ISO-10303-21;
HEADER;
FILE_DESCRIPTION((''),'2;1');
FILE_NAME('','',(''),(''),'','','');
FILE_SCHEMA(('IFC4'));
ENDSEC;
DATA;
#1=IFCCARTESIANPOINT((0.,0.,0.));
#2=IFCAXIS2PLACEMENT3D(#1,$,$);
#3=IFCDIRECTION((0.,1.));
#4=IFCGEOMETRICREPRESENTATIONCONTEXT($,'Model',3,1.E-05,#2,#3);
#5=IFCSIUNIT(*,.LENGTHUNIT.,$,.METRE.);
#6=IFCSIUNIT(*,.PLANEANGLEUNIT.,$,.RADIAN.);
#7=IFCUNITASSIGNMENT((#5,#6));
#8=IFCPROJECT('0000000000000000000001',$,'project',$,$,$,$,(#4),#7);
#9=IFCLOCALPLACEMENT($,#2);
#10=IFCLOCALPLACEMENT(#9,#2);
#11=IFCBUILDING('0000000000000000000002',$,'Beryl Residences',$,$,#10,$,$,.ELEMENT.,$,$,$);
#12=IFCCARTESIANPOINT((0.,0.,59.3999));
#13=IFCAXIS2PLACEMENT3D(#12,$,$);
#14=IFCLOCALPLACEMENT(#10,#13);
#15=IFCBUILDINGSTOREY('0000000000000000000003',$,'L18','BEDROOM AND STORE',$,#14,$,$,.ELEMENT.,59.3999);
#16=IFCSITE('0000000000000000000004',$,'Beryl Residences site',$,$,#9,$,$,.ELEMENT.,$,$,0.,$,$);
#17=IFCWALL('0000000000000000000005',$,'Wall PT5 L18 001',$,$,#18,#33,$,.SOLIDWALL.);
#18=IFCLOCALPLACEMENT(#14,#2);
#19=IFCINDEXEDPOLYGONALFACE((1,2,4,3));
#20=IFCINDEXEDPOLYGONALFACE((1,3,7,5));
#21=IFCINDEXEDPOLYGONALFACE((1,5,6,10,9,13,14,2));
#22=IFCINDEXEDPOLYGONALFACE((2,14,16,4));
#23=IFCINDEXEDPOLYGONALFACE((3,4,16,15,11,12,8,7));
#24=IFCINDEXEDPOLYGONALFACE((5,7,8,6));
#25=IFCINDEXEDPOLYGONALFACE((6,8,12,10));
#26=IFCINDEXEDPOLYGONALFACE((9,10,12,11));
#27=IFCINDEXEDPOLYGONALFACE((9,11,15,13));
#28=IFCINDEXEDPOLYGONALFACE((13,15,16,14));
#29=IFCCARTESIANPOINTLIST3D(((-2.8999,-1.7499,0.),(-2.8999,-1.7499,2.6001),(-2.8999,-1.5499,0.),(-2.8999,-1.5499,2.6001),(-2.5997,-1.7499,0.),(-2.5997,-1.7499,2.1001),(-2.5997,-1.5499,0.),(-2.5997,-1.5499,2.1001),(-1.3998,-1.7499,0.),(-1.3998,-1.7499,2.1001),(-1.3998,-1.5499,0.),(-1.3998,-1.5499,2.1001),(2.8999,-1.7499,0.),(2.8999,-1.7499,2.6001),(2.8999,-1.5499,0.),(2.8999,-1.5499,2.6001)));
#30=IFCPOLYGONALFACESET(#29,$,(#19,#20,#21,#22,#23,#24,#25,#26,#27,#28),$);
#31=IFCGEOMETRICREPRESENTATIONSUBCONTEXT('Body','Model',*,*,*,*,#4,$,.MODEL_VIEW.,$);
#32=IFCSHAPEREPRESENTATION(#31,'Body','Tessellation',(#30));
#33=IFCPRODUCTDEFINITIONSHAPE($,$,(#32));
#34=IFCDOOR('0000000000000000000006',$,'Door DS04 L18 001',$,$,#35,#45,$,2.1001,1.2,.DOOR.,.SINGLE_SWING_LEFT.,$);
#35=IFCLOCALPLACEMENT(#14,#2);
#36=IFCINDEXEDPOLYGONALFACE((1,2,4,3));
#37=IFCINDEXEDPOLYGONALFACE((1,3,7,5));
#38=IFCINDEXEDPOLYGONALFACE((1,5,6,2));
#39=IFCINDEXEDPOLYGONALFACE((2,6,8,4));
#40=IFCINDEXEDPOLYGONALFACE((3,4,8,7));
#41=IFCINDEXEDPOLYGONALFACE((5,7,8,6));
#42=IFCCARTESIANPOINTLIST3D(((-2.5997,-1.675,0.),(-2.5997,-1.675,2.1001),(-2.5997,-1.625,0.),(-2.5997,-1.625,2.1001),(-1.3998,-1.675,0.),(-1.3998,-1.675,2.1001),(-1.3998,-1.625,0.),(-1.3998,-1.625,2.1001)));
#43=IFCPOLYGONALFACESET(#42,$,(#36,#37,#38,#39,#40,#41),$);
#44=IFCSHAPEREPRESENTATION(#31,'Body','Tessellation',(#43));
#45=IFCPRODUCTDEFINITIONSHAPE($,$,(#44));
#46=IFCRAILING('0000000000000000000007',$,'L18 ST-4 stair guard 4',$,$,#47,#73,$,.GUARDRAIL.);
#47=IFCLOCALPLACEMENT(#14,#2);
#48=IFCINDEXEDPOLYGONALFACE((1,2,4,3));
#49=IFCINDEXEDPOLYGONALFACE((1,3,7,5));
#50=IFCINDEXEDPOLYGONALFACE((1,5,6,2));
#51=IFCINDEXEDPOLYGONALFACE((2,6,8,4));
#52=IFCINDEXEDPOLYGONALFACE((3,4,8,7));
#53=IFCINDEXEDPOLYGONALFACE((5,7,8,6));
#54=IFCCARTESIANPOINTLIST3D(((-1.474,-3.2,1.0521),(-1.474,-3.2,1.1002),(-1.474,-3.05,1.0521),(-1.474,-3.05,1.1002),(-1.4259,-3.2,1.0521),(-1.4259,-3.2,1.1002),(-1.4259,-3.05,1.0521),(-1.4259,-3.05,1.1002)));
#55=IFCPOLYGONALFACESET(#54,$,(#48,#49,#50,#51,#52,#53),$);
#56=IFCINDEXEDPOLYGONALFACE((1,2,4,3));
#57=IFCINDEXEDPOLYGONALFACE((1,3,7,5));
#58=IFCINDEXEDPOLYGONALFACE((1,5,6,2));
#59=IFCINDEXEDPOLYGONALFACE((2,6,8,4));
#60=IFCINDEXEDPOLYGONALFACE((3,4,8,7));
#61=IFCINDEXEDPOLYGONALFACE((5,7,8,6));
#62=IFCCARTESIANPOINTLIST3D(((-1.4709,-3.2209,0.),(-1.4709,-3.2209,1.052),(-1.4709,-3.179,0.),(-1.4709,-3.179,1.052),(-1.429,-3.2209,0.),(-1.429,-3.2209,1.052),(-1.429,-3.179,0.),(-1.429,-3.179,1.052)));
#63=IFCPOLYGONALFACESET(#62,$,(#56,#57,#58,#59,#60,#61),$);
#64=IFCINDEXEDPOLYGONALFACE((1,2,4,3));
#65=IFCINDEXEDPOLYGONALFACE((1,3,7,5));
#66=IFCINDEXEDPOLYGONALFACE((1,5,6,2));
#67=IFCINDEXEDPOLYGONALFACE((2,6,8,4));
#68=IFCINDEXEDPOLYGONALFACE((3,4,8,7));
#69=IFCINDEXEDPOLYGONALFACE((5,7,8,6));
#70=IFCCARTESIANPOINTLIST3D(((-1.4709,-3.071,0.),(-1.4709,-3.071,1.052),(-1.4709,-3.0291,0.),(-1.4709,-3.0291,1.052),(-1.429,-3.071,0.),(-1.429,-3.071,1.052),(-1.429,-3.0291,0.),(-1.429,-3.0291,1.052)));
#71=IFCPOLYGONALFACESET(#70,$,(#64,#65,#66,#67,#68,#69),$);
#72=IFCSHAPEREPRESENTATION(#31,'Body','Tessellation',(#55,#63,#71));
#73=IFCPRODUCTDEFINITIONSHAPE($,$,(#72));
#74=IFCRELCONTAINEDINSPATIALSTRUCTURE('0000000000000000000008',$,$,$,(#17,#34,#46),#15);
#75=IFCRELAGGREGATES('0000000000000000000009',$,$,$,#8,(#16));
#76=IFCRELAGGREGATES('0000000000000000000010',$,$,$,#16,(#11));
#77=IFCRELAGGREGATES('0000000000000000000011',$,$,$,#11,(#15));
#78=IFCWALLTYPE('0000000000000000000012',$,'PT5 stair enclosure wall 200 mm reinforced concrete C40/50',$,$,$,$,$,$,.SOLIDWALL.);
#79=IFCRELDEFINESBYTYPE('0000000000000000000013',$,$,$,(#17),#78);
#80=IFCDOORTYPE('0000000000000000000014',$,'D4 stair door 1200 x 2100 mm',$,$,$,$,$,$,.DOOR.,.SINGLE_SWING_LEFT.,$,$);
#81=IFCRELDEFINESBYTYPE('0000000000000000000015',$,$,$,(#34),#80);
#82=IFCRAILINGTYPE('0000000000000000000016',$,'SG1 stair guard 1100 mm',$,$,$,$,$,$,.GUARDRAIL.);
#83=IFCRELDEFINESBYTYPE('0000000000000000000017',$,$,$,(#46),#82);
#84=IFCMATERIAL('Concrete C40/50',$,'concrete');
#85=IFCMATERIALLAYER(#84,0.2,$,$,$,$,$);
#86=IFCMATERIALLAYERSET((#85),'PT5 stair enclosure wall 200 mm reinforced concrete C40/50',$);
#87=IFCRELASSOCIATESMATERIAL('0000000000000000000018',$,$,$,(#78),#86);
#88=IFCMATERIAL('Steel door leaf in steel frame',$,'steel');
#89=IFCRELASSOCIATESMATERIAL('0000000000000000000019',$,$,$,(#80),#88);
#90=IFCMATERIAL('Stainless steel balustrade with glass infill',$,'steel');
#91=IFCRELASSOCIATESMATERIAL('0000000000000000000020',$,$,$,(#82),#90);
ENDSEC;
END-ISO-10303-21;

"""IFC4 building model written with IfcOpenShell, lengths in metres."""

from ifc_helpers import new_model, si_unit, direction, frame, frame_2d, origin, origin_2d, place, context, subcontext, project, spatial, rectangle, extrude, material, layer, layer_set, type_object, element, fill, save


model = new_model("IFC4")

# Units and contexts
model_context = context("Model", 3, precision=1e-05, world=origin(), true_north=direction((0.0, 1.0)))
body_context = subcontext(model_context, "Body", "Model", "MODEL_VIEW")
ifc_project = project(units=[si_unit("LENGTHUNIT", "METRE"), si_unit("PLANEANGLEUNIT", "RADIAN")], contexts=[model_context])

# Site, building, storey
site_placement = place(None, origin())
site = spatial("IfcSite", under=ifc_project, at=site_placement, Name="Beryl Residences site", CompositionType="ELEMENT", RefElevation=0.0)
building_placement = place(site_placement, origin())
building = spatial("IfcBuilding", under=site, at=building_placement, Name="Beryl Residences", CompositionType="ELEMENT")
storey_placement = place(building_placement, frame((0.0, 0.0, 59.3999)))
storey = spatial("IfcBuildingStorey", under=building, at=storey_placement, Name="L18", Description="BEDROOM AND STORE", CompositionType="ELEMENT", Elevation=59.3999)

# Wall, opening, door
ifc_material_1 = material(Name="Concrete C40/50", Category="concrete")
ifc_layer_1 = layer(ifc_material_1, 0.2)
ifc_layer_set_1 = layer_set([ifc_layer_1], Name="PT5 stair enclosure wall 200 mm reinforced concrete C40/50")
wall_type_1 = type_object("IfcWallType", Name="PT5 stair enclosure wall 200 mm reinforced concrete C40/50", PredefinedType="SOLIDWALL", material=ifc_layer_set_1)
wall_1_placement = place(storey_placement, frame((-2.8999, -1.6499, 0.0), z_axis=(0.0, 0.0, 1.0), x_axis=(1.0, 0.0, 0.0)))
wall_1 = element("IfcWall", 1, at=wall_1_placement, inside=storey, type_object=wall_type_1, Name="Wall PT5 L18 001", PredefinedType="SOLIDWALL", context=body_context, shape_type="SweptSolid", body=[
    extrude(rectangle(XDim=5.7998, YDim=0.2, at=frame_2d((2.8999, 0.0))), origin(), (0.0, 0.0, 1.0), 2.6001),
])
opening_1_placement = place(wall_1_placement, frame((0.3, 0.0, 0.0)))
opening_1 = element("IfcOpeningElement", 2, at=opening_1_placement, cuts=wall_1, PredefinedType="OPENING", context=body_context, shape_type="SweptSolid", body=[
    extrude(rectangle(XDim=1.2, YDim=2.1001, at=frame_2d((0.6001, 1.05))), frame((0.0, 0.1099, 0.0), z_axis=(0.0, -1.0, 0.0), x_axis=(1.0, 0.0, 0.0)), (0.0, 0.0, 1.0), 0.22),
])
ifc_material_2 = material(Name="Steel door leaf in steel frame", Category="steel")
door_type_1 = type_object("IfcDoorType", Name="D4 stair door 1200 x 2100 mm", OperationType="SINGLE_SWING_LEFT", PredefinedType="DOOR", material=ifc_material_2)
door_1_placement = place(opening_1_placement, origin())
door_1 = element("IfcDoor", 3, at=door_1_placement, inside=storey, type_object=door_type_1, Name="Door DS04 L18 001", OperationType="SINGLE_SWING_LEFT", OverallHeight=2.1001, OverallWidth=1.2, PredefinedType="DOOR", context=body_context, shape_type="SweptSolid", body=[
    extrude(rectangle(XDim=1.2, YDim=2.1001, at=frame_2d((0.6001, 1.05))), frame((0.0, 0.0249, 0.0), z_axis=(0.0, -1.0, 0.0), x_axis=(1.0, 0.0, 0.0)), (0.0, 0.0, 1.0), 0.05),
])
fill(opening_1, door_1)

# Railing
ifc_material_3 = material(Name="Stainless steel balustrade with glass infill", Category="steel")
railing_type = type_object("IfcRailingType", Name="SG1 stair guard 1100 mm", PredefinedType="GUARDRAIL", material=ifc_material_3)
railing_placement = place(storey_placement, frame((-1.45, -3.2, 0.0)))
element("IfcRailing", 4, at=railing_placement, inside=storey, type_object=railing_type, Name="L18 ST-4 stair guard 4", PredefinedType="GUARDRAIL", context=body_context, shape_type="SweptSolid", body=[
    extrude(rectangle(XDim=0.0481, YDim=0.0481, at=origin_2d()), frame((0.0, 0.0, 1.0762), z_axis=(0.0, 1.0, 0.0), x_axis=(-1.0, 0.0, 0.0)), (0.0, 0.0, 1.0), 0.1499),
    extrude(rectangle(XDim=0.042, YDim=0.042, at=origin_2d()), origin(), (0.0, 0.0, 1.0), 1.052),
    extrude(rectangle(XDim=0.042, YDim=0.042, at=origin_2d()), frame((0.0, 0.1499, 0.0)), (0.0, 0.0, 1.0), 1.052),
])

save(model, "model.ifc")
